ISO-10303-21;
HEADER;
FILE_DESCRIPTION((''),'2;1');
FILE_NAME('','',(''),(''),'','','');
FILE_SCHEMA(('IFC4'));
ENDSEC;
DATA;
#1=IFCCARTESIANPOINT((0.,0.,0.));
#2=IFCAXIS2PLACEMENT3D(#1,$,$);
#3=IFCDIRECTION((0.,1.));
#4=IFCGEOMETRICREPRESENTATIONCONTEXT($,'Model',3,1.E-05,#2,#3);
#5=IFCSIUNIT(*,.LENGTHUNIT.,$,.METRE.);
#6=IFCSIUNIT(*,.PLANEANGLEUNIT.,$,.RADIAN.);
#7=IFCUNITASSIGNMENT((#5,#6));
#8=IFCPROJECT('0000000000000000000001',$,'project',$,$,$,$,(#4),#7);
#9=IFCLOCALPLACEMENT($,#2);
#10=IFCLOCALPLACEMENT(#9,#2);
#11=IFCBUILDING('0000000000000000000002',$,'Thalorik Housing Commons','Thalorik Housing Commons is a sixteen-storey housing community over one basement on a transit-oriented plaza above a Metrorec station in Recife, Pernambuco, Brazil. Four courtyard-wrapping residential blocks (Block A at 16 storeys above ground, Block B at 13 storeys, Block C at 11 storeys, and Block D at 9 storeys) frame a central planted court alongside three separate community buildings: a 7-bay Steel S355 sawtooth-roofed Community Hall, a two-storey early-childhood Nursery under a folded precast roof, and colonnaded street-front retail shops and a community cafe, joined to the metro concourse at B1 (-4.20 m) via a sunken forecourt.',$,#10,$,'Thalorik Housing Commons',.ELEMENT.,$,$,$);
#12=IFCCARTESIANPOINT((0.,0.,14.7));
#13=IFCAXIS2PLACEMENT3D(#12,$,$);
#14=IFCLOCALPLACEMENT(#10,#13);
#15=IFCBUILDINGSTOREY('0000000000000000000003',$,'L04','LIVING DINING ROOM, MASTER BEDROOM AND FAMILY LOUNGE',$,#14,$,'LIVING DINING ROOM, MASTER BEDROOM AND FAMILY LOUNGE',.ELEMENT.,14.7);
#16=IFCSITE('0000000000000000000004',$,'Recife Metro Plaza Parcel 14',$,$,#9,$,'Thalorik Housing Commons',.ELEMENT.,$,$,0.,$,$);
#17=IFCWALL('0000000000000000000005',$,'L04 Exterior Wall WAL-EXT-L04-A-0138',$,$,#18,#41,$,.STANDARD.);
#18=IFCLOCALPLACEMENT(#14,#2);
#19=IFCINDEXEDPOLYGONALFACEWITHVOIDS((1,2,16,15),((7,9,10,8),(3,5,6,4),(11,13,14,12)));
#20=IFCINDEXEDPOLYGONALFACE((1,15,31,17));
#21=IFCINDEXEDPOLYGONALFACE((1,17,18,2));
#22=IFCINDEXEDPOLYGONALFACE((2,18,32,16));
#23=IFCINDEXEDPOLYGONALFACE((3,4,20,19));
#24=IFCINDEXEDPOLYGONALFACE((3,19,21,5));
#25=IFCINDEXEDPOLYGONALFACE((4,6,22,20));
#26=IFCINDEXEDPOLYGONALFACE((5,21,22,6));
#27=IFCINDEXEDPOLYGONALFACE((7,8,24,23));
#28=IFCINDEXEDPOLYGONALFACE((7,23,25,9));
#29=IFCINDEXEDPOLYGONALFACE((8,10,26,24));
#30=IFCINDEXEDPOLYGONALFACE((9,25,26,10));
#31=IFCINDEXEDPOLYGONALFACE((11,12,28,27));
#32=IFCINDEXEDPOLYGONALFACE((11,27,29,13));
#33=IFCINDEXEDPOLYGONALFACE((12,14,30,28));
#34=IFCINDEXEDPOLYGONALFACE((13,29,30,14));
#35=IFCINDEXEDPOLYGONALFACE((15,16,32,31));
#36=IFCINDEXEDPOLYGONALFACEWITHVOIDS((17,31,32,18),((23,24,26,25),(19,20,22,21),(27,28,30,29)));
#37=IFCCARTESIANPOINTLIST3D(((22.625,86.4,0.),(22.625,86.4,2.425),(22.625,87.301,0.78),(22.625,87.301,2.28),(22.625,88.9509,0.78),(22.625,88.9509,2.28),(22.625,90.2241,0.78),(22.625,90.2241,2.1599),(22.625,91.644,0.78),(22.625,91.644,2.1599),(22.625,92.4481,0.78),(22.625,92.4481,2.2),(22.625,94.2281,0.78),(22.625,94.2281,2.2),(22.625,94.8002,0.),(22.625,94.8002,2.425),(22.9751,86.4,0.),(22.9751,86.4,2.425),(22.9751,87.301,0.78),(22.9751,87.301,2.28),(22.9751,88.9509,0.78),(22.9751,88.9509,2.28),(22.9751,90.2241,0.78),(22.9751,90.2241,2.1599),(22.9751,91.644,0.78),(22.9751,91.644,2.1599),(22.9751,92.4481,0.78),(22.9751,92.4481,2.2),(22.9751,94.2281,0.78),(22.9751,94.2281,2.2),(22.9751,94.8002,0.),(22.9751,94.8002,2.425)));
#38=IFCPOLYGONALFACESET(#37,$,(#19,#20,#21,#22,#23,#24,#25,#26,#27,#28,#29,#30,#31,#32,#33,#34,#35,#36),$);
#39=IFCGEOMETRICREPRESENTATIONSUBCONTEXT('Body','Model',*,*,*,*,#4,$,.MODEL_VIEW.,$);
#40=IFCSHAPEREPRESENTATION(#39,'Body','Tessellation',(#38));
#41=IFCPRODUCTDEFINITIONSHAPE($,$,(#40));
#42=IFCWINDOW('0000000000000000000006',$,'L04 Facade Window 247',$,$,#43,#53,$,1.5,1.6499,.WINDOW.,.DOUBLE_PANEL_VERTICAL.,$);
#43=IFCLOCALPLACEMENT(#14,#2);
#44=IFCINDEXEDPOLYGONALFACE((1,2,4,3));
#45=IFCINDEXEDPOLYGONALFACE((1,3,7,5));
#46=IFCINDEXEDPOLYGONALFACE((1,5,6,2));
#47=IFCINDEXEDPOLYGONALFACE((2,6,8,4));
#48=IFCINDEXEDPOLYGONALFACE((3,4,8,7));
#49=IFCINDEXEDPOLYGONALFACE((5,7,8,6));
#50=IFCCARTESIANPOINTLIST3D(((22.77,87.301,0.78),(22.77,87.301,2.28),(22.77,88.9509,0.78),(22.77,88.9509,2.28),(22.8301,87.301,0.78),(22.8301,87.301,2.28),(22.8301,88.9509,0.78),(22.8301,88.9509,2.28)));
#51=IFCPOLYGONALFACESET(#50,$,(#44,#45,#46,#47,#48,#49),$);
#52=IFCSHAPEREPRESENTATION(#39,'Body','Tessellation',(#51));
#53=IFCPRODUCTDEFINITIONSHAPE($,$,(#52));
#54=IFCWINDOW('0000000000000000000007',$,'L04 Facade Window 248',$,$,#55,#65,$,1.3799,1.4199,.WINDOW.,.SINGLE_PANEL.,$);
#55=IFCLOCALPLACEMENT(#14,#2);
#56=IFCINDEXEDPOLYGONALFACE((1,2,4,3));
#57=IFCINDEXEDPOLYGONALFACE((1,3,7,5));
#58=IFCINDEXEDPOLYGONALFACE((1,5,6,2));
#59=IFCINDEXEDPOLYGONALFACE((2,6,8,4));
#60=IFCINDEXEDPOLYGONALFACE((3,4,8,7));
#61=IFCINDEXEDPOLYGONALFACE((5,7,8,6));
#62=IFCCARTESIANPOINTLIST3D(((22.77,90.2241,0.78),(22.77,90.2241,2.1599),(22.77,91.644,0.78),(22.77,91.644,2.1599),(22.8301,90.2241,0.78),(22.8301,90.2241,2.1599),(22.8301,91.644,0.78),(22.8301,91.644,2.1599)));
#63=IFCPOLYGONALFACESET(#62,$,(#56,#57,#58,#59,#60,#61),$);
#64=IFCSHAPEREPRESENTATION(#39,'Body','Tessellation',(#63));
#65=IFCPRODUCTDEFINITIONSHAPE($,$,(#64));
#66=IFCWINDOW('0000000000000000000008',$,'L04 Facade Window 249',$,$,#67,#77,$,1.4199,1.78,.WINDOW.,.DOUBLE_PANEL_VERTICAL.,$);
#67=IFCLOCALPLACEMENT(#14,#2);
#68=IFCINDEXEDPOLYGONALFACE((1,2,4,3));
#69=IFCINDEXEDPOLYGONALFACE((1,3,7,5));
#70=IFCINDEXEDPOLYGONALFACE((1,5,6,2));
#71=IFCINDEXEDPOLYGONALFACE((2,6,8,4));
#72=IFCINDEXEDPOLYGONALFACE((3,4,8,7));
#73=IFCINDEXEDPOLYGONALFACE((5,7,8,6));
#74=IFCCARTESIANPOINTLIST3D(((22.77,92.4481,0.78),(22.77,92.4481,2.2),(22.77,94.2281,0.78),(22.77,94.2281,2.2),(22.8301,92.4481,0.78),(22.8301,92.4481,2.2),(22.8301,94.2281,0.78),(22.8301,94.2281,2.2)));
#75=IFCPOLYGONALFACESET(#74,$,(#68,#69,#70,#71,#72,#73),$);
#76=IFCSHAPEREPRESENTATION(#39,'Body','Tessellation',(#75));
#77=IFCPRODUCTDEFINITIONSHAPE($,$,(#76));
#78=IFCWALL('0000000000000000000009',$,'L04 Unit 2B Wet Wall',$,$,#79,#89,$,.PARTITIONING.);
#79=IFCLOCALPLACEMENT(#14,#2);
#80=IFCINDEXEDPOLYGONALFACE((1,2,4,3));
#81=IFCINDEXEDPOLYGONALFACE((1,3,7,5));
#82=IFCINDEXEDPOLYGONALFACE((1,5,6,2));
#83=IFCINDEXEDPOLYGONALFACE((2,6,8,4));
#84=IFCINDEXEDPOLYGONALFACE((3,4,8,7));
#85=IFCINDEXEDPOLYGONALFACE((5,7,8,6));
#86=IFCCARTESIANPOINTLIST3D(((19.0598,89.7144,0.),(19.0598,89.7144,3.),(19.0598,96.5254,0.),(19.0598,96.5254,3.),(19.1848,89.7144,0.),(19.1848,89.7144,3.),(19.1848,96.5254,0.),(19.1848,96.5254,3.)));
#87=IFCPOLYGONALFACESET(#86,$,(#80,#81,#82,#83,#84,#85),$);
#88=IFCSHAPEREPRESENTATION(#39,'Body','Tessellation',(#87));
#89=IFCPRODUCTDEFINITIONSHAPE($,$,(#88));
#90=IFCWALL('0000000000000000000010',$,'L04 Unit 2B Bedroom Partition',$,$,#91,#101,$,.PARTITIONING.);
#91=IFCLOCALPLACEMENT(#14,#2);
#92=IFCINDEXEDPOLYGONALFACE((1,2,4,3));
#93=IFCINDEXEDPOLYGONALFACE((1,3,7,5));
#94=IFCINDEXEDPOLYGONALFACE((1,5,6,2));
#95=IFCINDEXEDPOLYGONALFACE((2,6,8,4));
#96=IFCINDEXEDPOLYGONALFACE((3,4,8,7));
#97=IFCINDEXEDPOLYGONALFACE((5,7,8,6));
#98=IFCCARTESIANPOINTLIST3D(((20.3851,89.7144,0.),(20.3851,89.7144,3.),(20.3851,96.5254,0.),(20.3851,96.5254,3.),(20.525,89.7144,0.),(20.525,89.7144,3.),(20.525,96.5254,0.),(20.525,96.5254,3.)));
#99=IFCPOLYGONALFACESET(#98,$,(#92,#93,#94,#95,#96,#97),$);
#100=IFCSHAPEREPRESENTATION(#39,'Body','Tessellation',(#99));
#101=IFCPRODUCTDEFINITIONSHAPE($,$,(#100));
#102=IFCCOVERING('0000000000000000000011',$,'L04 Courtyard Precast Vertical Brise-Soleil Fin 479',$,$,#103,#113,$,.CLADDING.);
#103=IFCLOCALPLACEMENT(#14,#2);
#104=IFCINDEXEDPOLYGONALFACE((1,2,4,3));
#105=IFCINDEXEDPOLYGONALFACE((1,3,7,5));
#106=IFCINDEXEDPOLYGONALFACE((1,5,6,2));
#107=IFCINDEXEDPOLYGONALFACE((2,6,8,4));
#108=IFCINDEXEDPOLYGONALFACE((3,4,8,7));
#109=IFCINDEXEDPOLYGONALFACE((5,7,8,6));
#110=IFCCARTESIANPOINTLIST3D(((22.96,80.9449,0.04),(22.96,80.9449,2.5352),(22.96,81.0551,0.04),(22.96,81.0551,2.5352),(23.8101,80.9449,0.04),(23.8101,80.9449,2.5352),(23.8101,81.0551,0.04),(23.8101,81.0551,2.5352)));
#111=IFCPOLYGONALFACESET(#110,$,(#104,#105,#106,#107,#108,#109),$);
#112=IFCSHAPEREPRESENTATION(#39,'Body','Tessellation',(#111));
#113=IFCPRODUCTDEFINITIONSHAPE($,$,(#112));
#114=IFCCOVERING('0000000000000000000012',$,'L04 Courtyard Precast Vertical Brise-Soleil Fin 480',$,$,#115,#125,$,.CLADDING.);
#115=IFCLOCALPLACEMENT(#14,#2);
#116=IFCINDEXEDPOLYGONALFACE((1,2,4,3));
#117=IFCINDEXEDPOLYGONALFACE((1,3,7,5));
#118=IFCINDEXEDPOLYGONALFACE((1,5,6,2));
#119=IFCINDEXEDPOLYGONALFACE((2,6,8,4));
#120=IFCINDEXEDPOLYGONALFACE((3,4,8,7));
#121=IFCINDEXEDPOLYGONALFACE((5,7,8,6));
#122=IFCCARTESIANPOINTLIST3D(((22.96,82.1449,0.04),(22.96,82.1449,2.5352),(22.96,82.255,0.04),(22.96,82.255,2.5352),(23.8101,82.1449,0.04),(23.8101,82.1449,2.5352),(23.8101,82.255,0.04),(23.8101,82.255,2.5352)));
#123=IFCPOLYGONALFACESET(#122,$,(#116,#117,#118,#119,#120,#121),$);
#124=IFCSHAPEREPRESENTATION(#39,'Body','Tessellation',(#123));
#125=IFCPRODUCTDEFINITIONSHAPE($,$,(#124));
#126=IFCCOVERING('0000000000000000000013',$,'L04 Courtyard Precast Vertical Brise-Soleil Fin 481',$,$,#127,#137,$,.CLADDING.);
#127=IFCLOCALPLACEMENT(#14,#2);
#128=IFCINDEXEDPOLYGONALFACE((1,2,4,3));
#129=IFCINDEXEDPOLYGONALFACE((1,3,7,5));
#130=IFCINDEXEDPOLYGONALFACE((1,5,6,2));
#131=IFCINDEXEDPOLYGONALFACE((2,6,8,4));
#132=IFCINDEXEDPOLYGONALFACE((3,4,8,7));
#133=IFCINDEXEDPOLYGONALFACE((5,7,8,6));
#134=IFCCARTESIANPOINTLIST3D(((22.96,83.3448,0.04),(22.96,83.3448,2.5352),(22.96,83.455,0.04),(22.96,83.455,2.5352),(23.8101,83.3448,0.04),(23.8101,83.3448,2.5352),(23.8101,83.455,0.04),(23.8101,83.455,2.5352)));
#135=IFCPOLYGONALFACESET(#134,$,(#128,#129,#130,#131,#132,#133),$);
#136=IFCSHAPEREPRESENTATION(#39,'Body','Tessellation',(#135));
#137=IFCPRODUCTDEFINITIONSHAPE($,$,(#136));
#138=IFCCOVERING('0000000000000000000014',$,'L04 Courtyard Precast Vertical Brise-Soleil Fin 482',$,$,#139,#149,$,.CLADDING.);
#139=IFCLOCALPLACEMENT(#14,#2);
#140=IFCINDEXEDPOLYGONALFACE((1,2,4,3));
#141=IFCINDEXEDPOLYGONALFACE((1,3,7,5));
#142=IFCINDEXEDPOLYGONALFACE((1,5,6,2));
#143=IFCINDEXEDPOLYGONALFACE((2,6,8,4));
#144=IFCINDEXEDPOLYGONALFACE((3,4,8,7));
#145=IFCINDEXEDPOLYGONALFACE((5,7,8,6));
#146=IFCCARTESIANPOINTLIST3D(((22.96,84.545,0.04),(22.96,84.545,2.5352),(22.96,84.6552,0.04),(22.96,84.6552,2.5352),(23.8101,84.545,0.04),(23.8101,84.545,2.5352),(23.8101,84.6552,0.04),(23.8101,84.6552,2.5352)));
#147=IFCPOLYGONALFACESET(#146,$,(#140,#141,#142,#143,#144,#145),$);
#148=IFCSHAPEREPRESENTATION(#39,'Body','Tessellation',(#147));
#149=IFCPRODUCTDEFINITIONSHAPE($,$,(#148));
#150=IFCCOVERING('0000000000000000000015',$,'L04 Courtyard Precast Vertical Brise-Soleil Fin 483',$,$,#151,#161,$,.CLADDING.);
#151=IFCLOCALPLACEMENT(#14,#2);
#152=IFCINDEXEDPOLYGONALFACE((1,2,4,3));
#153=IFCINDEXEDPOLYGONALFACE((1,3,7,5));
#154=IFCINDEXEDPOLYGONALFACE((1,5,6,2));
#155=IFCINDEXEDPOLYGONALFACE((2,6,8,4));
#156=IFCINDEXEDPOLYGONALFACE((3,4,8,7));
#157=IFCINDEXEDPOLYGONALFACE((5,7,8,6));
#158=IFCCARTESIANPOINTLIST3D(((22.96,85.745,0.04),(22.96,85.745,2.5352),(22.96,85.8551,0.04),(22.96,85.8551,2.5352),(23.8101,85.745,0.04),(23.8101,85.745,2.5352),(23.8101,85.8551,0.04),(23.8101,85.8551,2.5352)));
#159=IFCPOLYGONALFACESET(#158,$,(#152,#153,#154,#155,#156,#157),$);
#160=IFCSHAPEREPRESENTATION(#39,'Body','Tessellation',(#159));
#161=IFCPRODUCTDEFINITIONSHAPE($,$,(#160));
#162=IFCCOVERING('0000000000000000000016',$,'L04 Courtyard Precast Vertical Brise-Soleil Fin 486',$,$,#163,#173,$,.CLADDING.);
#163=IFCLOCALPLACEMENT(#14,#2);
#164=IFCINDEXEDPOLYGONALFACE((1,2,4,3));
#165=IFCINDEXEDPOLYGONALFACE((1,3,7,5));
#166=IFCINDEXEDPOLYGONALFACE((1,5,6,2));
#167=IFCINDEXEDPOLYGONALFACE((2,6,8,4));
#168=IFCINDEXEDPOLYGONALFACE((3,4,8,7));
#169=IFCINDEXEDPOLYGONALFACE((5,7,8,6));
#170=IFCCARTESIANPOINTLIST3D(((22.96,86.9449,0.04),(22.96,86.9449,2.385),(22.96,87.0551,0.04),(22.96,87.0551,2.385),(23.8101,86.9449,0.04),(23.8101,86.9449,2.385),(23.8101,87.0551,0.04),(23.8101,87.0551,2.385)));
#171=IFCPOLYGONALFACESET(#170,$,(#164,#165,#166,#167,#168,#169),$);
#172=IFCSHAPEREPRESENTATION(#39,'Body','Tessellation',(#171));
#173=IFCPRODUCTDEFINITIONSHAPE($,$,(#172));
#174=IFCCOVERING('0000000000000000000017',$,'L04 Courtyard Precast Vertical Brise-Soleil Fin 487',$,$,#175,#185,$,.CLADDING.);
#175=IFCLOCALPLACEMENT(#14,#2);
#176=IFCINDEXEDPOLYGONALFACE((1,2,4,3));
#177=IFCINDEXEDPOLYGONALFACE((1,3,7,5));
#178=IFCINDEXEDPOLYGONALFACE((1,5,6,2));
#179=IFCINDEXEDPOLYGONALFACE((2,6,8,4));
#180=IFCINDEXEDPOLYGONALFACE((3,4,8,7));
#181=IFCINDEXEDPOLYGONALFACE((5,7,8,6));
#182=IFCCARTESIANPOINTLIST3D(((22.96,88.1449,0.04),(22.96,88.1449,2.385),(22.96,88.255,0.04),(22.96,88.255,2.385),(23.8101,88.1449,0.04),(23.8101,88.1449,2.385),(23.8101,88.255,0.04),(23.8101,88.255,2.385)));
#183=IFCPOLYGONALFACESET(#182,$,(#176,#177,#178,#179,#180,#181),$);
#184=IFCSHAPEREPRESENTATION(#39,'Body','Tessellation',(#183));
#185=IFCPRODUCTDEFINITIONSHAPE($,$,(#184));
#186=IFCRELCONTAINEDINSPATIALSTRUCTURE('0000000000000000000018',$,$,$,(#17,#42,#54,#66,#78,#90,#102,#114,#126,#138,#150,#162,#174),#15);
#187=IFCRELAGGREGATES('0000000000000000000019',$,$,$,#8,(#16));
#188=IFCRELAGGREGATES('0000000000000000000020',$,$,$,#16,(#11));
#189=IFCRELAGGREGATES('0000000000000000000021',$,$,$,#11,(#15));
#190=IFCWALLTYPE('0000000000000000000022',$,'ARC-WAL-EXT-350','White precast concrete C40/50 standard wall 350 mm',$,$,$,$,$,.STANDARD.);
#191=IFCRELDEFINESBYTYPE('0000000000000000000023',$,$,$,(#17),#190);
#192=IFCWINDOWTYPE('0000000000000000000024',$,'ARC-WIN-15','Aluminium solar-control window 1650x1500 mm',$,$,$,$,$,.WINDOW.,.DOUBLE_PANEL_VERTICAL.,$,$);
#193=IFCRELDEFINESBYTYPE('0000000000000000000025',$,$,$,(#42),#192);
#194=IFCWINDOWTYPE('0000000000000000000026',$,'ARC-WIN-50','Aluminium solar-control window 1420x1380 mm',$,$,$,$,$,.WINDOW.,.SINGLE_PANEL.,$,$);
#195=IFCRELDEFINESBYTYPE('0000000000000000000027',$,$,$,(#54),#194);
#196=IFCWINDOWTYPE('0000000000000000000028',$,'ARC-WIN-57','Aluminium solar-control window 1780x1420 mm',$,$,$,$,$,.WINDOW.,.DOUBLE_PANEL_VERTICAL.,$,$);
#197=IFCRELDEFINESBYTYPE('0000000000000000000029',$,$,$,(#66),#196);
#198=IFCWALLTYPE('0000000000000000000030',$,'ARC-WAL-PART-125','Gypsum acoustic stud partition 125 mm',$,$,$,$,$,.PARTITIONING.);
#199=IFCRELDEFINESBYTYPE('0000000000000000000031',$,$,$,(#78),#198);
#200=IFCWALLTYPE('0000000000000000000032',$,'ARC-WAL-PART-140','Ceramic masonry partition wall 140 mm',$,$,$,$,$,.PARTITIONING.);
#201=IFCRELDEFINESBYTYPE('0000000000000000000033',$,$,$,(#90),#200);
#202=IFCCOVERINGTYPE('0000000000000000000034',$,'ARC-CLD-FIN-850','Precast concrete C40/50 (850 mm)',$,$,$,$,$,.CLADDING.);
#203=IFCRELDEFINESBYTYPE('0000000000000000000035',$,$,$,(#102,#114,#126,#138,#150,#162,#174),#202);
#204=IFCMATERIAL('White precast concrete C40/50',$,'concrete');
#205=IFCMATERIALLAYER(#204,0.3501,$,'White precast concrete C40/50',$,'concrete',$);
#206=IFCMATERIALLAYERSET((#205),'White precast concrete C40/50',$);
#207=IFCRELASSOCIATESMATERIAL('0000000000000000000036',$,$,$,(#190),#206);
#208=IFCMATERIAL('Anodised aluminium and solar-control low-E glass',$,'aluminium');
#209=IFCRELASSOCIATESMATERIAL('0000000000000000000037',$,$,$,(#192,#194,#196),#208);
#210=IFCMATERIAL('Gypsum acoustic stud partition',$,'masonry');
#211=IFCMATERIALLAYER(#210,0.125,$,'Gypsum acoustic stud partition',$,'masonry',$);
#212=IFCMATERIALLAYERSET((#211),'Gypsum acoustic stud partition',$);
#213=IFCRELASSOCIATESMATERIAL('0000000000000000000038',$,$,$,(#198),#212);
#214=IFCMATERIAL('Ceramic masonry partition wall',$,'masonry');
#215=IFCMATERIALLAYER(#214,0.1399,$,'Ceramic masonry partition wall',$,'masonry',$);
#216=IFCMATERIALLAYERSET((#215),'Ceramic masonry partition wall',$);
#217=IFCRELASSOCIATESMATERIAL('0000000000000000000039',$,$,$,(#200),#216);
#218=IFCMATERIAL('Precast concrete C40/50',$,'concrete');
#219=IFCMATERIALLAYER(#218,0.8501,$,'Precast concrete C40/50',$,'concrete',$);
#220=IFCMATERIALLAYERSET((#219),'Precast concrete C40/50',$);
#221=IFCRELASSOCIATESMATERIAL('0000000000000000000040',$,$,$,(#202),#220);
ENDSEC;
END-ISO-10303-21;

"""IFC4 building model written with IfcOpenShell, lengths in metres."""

from ifc_helpers import new_model, si_unit, direction, frame, frame_2d, origin, origin_2d, place, context, subcontext, project, spatial, rectangle, extrude, material, layer, layer_set, type_object, element, fill, save


model = new_model("IFC4")

# Units and contexts
model_context = context("Model", 3, precision=1e-05, world=origin(), true_north=direction((0.0, 1.0)))
body_context = subcontext(model_context, "Body", "Model", "MODEL_VIEW")
ifc_project = project(units=[si_unit("LENGTHUNIT", "METRE"), si_unit("PLANEANGLEUNIT", "RADIAN")], contexts=[model_context])

# Site, building, storey
site_placement = place(None, origin())
site = spatial("IfcSite", under=ifc_project, at=site_placement, Name="Recife Metro Plaza Parcel 14", LongName="Thalorik Housing Commons", CompositionType="ELEMENT", RefElevation=0.0)
building_placement = place(site_placement, origin())
building = spatial("IfcBuilding", under=site, at=building_placement, Name="Thalorik Housing Commons", Description="Thalorik Housing Commons is a sixteen-storey housing community over one basement on a transit-oriented plaza above a Metrorec station in Recife, Pernambuco, Brazil. Four courtyard-wrapping residential blocks (Block A at 16 storeys above ground, Block B at 13 storeys, Block C at 11 storeys, and Block D at 9 storeys) frame a central planted court alongside three separate community buildings: a 7-bay Steel S355 sawtooth-roofed Community Hall, a two-storey early-childhood Nursery under a folded precast roof, and colonnaded street-front retail shops and a community cafe, joined to the metro concourse at B1 (-4.20 m) via a sunken forecourt.", LongName="Thalorik Housing Commons", CompositionType="ELEMENT")
storey_placement = place(building_placement, frame((0.0, 0.0, 14.7)))
storey = spatial("IfcBuildingStorey", under=building, at=storey_placement, Name="L04", Description="LIVING DINING ROOM, MASTER BEDROOM AND FAMILY LOUNGE", LongName="LIVING DINING ROOM, MASTER BEDROOM AND FAMILY LOUNGE", CompositionType="ELEMENT", Elevation=14.7)

# Shared definitions
ifc_material_1 = material(Name="Precast concrete C40/50", Category="concrete")

# Wall, openings, windows
ifc_material_2 = material(Name="White precast concrete C40/50", Category="concrete")
ifc_layer_1 = layer(ifc_material_2, 0.3501, Name="White precast concrete C40/50", Category="concrete")
ifc_layer_set_1 = layer_set([ifc_layer_1], Name="White precast concrete C40/50")
wall_type_1 = type_object("IfcWallType", Name="ARC-WAL-EXT-350", Description="White precast concrete C40/50 standard wall 350 mm", PredefinedType="STANDARD", material=ifc_layer_set_1)
ifc_material_3 = material(Name="Anodised aluminium and solar-control low-E glass", Category="aluminium")
wall_1_placement = place(storey_placement, frame((22.8, 86.3999, 0.0), z_axis=(0.0, 0.0, 1.0), x_axis=(0.0, 1.0, 0.0)))
wall_1 = element("IfcWall", 1, at=wall_1_placement, inside=storey, type_object=wall_type_1, Name="L04 Exterior Wall WAL-EXT-L04-A-0138", PredefinedType="STANDARD", context=body_context, shape_type="SweptSolid", body=[
    extrude(rectangle(XDim=8.4001, YDim=0.3501, at=frame_2d((4.2002, 0.0))), origin(), (0.0, 0.0, 1.0), 2.425),
])
opening_1_placement = place(wall_1_placement, frame((0.9011, 0.0, 0.78)))
opening_1 = element("IfcOpeningElement", 2, at=opening_1_placement, cuts=wall_1, PredefinedType="OPENING", context=body_context, shape_type="SweptSolid", body=[
    extrude(rectangle(XDim=1.6499, YDim=1.5, at=frame_2d((0.825, 0.75))), frame((0.0, 0.1851, 0.0), z_axis=(0.0, -1.0, 0.0), x_axis=(1.0, 0.0, 0.0)), (0.0, 0.0, 1.0), 0.3701),
])
opening_2_placement = place(wall_1_placement, frame((3.8242, 0.0, 0.78)))
opening_2 = element("IfcOpeningElement", 3, at=opening_2_placement, cuts=wall_1, PredefinedType="OPENING", context=body_context, shape_type="SweptSolid", body=[
    extrude(rectangle(XDim=1.4199, YDim=1.3799, at=frame_2d((0.71, 0.6899))), frame((0.0, 0.1851, 0.0), z_axis=(0.0, -1.0, 0.0), x_axis=(1.0, 0.0, 0.0)), (0.0, 0.0, 1.0), 0.3701),
])
opening_3_placement = place(wall_1_placement, frame((6.0481, 0.0, 0.78)))
opening_3 = element("IfcOpeningElement", 4, at=opening_3_placement, cuts=wall_1, PredefinedType="OPENING", context=body_context, shape_type="SweptSolid", body=[
    extrude(rectangle(XDim=1.78, YDim=1.4199, at=frame_2d((0.8901, 0.71))), frame((0.0, 0.1851, 0.0), z_axis=(0.0, -1.0, 0.0), x_axis=(1.0, 0.0, 0.0)), (0.0, 0.0, 1.0), 0.3701),
])
window_type_1 = type_object("IfcWindowType", Name="ARC-WIN-15", Description="Aluminium solar-control window 1650x1500 mm", PartitioningType="DOUBLE_PANEL_VERTICAL", PredefinedType="WINDOW", material=ifc_material_3)
window_1_placement = place(opening_1_placement, origin())
window_1 = element("IfcWindow", 5, at=window_1_placement, inside=storey, type_object=window_type_1, Name="L04 Facade Window 247", OverallHeight=1.5, OverallWidth=1.6499, PartitioningType="DOUBLE_PANEL_VERTICAL", PredefinedType="WINDOW", context=body_context, shape_type="SweptSolid", body=[
    extrude(rectangle(XDim=1.6499, YDim=1.5, at=frame_2d((0.825, 0.75))), frame((0.0, 0.03, 0.0), z_axis=(0.0, -1.0, 0.0), x_axis=(1.0, 0.0, 0.0)), (0.0, 0.0, 1.0), 0.0601),
])
fill(opening_1, window_1)
window_type_2 = type_object("IfcWindowType", Name="ARC-WIN-50", Description="Aluminium solar-control window 1420x1380 mm", PartitioningType="SINGLE_PANEL", PredefinedType="WINDOW", material=ifc_material_3)
window_2_placement = place(opening_2_placement, origin())
window_2 = element("IfcWindow", 6, at=window_2_placement, inside=storey, type_object=window_type_2, Name="L04 Facade Window 248", OverallHeight=1.3799, OverallWidth=1.4199, PartitioningType="SINGLE_PANEL", PredefinedType="WINDOW", context=body_context, shape_type="SweptSolid", body=[
    extrude(rectangle(XDim=1.4199, YDim=1.3799, at=frame_2d((0.71, 0.6899))), frame((0.0, 0.03, 0.0), z_axis=(0.0, -1.0, 0.0), x_axis=(1.0, 0.0, 0.0)), (0.0, 0.0, 1.0), 0.0601),
])
fill(opening_2, window_2)
window_type_3 = type_object("IfcWindowType", Name="ARC-WIN-57", Description="Aluminium solar-control window 1780x1420 mm", PartitioningType="DOUBLE_PANEL_VERTICAL", PredefinedType="WINDOW", material=ifc_material_3)
window_3_placement = place(opening_3_placement, origin())
window_3 = element("IfcWindow", 7, at=window_3_placement, inside=storey, type_object=window_type_3, Name="L04 Facade Window 249", OverallHeight=1.4199, OverallWidth=1.78, PartitioningType="DOUBLE_PANEL_VERTICAL", PredefinedType="WINDOW", context=body_context, shape_type="SweptSolid", body=[
    extrude(rectangle(XDim=1.78, YDim=1.4199, at=frame_2d((0.8901, 0.71))), frame((0.0, 0.03, 0.0), z_axis=(0.0, -1.0, 0.0), x_axis=(1.0, 0.0, 0.0)), (0.0, 0.0, 1.0), 0.0601),
])
fill(opening_3, window_3)

# Walls
ifc_material_4 = material(Name="Gypsum acoustic stud partition", Category="masonry")
ifc_layer_2 = layer(ifc_material_4, 0.125, Name="Gypsum acoustic stud partition", Category="masonry")
ifc_layer_set_2 = layer_set([ifc_layer_2], Name="Gypsum acoustic stud partition")
wall_type_2 = type_object("IfcWallType", Name="ARC-WAL-PART-125", Description="Gypsum acoustic stud partition 125 mm", PredefinedType="PARTITIONING", material=ifc_layer_set_2)
wall_2_placement = place(storey_placement, frame((19.1223, 89.7144, 0.0), z_axis=(0.0, 0.0, 1.0), x_axis=(0.0, 1.0, 0.0)))
element("IfcWall", 8, at=wall_2_placement, inside=storey, type_object=wall_type_2, Name="L04 Unit 2B Wet Wall", PredefinedType="PARTITIONING", context=body_context, shape_type="SweptSolid", body=[
    extrude(rectangle(XDim=6.811, YDim=0.125, at=frame_2d((3.4055, 0.0))), origin(), (0.0, 0.0, 1.0), 3.0),
])
ifc_material_5 = material(Name="Ceramic masonry partition wall", Category="masonry")
ifc_layer_3 = layer(ifc_material_5, 0.1399, Name="Ceramic masonry partition wall", Category="masonry")
ifc_layer_set_3 = layer_set([ifc_layer_3], Name="Ceramic masonry partition wall")
wall_type_3 = type_object("IfcWallType", Name="ARC-WAL-PART-140", Description="Ceramic masonry partition wall 140 mm", PredefinedType="PARTITIONING", material=ifc_layer_set_3)
wall_3_placement = place(storey_placement, frame((20.4551, 89.7144, 0.0), z_axis=(0.0, 0.0, 1.0), x_axis=(0.0, 1.0, 0.0)))
element("IfcWall", 9, at=wall_3_placement, inside=storey, type_object=wall_type_3, Name="L04 Unit 2B Bedroom Partition", PredefinedType="PARTITIONING", context=body_context, shape_type="SweptSolid", body=[
    extrude(rectangle(XDim=6.811, YDim=0.1399, at=frame_2d((3.4055, 0.0))), origin(), (0.0, 0.0, 1.0), 3.0),
])

# Coverings
ifc_layer_4 = layer(ifc_material_1, 0.8501, Name="Precast concrete C40/50", Category="concrete")
ifc_layer_set_4 = layer_set([ifc_layer_4], Name="Precast concrete C40/50")
covering_type_1 = type_object("IfcCoveringType", Name="ARC-CLD-FIN-850", Description="Precast concrete C40/50 (850 mm)", PredefinedType="CLADDING", material=ifc_layer_set_4)
for number, where, z_axis, x_axis, name in (
    (10, (23.385, 81.0, 0.04), (0.0, 0.0, 1.0), (0.0, 1.0, 0.0), "L04 Courtyard Precast Vertical Brise-Soleil Fin 479"),
    (11, (23.385, 82.2, 0.04), (0.0, 0.0, 1.0), (0.0, 1.0, 0.0), "L04 Courtyard Precast Vertical Brise-Soleil Fin 480"),
    (12, (23.385, 83.3999, 0.04), (0.0, 0.0, 1.0), (0.0, 1.0, 0.0), "L04 Courtyard Precast Vertical Brise-Soleil Fin 481"),
    (13, (23.385, 84.6001, 0.04), (0.0, 0.0, 1.0), (0.0, 1.0, 0.0), "L04 Courtyard Precast Vertical Brise-Soleil Fin 482"),
    (14, (23.385, 85.8, 0.04), (0.0, 0.0, 1.0), (0.0, 1.0, 0.0), "L04 Courtyard Precast Vertical Brise-Soleil Fin 483"),
):
    element("IfcCovering", number, at=place(storey_placement, frame(where, z_axis=z_axis, x_axis=x_axis)), inside=storey, type_object=covering_type_1, Name=name, PredefinedType="CLADDING", context=body_context, shape_type="SweptSolid", body=[
        extrude(rectangle(XDim=0.1101, YDim=0.8501, at=origin_2d()), origin(), (0.0, 0.0, 1.0), 2.4951),
    ])
for number, where, z_axis, x_axis, name in (
    (15, (23.385, 87.0, 0.04), (0.0, 0.0, 1.0), (0.0, 1.0, 0.0), "L04 Courtyard Precast Vertical Brise-Soleil Fin 486"),
    (16, (23.385, 88.2, 0.04), (0.0, 0.0, 1.0), (0.0, 1.0, 0.0), "L04 Courtyard Precast Vertical Brise-Soleil Fin 487"),
):
    element("IfcCovering", number, at=place(storey_placement, frame(where, z_axis=z_axis, x_axis=x_axis)), inside=storey, type_object=covering_type_1, Name=name, PredefinedType="CLADDING", context=body_context, shape_type="SweptSolid", body=[
        extrude(rectangle(XDim=0.1101, YDim=0.8501, at=origin_2d()), origin(), (0.0, 0.0, 1.0), 2.345),
    ])

save(model, "model.ifc")
